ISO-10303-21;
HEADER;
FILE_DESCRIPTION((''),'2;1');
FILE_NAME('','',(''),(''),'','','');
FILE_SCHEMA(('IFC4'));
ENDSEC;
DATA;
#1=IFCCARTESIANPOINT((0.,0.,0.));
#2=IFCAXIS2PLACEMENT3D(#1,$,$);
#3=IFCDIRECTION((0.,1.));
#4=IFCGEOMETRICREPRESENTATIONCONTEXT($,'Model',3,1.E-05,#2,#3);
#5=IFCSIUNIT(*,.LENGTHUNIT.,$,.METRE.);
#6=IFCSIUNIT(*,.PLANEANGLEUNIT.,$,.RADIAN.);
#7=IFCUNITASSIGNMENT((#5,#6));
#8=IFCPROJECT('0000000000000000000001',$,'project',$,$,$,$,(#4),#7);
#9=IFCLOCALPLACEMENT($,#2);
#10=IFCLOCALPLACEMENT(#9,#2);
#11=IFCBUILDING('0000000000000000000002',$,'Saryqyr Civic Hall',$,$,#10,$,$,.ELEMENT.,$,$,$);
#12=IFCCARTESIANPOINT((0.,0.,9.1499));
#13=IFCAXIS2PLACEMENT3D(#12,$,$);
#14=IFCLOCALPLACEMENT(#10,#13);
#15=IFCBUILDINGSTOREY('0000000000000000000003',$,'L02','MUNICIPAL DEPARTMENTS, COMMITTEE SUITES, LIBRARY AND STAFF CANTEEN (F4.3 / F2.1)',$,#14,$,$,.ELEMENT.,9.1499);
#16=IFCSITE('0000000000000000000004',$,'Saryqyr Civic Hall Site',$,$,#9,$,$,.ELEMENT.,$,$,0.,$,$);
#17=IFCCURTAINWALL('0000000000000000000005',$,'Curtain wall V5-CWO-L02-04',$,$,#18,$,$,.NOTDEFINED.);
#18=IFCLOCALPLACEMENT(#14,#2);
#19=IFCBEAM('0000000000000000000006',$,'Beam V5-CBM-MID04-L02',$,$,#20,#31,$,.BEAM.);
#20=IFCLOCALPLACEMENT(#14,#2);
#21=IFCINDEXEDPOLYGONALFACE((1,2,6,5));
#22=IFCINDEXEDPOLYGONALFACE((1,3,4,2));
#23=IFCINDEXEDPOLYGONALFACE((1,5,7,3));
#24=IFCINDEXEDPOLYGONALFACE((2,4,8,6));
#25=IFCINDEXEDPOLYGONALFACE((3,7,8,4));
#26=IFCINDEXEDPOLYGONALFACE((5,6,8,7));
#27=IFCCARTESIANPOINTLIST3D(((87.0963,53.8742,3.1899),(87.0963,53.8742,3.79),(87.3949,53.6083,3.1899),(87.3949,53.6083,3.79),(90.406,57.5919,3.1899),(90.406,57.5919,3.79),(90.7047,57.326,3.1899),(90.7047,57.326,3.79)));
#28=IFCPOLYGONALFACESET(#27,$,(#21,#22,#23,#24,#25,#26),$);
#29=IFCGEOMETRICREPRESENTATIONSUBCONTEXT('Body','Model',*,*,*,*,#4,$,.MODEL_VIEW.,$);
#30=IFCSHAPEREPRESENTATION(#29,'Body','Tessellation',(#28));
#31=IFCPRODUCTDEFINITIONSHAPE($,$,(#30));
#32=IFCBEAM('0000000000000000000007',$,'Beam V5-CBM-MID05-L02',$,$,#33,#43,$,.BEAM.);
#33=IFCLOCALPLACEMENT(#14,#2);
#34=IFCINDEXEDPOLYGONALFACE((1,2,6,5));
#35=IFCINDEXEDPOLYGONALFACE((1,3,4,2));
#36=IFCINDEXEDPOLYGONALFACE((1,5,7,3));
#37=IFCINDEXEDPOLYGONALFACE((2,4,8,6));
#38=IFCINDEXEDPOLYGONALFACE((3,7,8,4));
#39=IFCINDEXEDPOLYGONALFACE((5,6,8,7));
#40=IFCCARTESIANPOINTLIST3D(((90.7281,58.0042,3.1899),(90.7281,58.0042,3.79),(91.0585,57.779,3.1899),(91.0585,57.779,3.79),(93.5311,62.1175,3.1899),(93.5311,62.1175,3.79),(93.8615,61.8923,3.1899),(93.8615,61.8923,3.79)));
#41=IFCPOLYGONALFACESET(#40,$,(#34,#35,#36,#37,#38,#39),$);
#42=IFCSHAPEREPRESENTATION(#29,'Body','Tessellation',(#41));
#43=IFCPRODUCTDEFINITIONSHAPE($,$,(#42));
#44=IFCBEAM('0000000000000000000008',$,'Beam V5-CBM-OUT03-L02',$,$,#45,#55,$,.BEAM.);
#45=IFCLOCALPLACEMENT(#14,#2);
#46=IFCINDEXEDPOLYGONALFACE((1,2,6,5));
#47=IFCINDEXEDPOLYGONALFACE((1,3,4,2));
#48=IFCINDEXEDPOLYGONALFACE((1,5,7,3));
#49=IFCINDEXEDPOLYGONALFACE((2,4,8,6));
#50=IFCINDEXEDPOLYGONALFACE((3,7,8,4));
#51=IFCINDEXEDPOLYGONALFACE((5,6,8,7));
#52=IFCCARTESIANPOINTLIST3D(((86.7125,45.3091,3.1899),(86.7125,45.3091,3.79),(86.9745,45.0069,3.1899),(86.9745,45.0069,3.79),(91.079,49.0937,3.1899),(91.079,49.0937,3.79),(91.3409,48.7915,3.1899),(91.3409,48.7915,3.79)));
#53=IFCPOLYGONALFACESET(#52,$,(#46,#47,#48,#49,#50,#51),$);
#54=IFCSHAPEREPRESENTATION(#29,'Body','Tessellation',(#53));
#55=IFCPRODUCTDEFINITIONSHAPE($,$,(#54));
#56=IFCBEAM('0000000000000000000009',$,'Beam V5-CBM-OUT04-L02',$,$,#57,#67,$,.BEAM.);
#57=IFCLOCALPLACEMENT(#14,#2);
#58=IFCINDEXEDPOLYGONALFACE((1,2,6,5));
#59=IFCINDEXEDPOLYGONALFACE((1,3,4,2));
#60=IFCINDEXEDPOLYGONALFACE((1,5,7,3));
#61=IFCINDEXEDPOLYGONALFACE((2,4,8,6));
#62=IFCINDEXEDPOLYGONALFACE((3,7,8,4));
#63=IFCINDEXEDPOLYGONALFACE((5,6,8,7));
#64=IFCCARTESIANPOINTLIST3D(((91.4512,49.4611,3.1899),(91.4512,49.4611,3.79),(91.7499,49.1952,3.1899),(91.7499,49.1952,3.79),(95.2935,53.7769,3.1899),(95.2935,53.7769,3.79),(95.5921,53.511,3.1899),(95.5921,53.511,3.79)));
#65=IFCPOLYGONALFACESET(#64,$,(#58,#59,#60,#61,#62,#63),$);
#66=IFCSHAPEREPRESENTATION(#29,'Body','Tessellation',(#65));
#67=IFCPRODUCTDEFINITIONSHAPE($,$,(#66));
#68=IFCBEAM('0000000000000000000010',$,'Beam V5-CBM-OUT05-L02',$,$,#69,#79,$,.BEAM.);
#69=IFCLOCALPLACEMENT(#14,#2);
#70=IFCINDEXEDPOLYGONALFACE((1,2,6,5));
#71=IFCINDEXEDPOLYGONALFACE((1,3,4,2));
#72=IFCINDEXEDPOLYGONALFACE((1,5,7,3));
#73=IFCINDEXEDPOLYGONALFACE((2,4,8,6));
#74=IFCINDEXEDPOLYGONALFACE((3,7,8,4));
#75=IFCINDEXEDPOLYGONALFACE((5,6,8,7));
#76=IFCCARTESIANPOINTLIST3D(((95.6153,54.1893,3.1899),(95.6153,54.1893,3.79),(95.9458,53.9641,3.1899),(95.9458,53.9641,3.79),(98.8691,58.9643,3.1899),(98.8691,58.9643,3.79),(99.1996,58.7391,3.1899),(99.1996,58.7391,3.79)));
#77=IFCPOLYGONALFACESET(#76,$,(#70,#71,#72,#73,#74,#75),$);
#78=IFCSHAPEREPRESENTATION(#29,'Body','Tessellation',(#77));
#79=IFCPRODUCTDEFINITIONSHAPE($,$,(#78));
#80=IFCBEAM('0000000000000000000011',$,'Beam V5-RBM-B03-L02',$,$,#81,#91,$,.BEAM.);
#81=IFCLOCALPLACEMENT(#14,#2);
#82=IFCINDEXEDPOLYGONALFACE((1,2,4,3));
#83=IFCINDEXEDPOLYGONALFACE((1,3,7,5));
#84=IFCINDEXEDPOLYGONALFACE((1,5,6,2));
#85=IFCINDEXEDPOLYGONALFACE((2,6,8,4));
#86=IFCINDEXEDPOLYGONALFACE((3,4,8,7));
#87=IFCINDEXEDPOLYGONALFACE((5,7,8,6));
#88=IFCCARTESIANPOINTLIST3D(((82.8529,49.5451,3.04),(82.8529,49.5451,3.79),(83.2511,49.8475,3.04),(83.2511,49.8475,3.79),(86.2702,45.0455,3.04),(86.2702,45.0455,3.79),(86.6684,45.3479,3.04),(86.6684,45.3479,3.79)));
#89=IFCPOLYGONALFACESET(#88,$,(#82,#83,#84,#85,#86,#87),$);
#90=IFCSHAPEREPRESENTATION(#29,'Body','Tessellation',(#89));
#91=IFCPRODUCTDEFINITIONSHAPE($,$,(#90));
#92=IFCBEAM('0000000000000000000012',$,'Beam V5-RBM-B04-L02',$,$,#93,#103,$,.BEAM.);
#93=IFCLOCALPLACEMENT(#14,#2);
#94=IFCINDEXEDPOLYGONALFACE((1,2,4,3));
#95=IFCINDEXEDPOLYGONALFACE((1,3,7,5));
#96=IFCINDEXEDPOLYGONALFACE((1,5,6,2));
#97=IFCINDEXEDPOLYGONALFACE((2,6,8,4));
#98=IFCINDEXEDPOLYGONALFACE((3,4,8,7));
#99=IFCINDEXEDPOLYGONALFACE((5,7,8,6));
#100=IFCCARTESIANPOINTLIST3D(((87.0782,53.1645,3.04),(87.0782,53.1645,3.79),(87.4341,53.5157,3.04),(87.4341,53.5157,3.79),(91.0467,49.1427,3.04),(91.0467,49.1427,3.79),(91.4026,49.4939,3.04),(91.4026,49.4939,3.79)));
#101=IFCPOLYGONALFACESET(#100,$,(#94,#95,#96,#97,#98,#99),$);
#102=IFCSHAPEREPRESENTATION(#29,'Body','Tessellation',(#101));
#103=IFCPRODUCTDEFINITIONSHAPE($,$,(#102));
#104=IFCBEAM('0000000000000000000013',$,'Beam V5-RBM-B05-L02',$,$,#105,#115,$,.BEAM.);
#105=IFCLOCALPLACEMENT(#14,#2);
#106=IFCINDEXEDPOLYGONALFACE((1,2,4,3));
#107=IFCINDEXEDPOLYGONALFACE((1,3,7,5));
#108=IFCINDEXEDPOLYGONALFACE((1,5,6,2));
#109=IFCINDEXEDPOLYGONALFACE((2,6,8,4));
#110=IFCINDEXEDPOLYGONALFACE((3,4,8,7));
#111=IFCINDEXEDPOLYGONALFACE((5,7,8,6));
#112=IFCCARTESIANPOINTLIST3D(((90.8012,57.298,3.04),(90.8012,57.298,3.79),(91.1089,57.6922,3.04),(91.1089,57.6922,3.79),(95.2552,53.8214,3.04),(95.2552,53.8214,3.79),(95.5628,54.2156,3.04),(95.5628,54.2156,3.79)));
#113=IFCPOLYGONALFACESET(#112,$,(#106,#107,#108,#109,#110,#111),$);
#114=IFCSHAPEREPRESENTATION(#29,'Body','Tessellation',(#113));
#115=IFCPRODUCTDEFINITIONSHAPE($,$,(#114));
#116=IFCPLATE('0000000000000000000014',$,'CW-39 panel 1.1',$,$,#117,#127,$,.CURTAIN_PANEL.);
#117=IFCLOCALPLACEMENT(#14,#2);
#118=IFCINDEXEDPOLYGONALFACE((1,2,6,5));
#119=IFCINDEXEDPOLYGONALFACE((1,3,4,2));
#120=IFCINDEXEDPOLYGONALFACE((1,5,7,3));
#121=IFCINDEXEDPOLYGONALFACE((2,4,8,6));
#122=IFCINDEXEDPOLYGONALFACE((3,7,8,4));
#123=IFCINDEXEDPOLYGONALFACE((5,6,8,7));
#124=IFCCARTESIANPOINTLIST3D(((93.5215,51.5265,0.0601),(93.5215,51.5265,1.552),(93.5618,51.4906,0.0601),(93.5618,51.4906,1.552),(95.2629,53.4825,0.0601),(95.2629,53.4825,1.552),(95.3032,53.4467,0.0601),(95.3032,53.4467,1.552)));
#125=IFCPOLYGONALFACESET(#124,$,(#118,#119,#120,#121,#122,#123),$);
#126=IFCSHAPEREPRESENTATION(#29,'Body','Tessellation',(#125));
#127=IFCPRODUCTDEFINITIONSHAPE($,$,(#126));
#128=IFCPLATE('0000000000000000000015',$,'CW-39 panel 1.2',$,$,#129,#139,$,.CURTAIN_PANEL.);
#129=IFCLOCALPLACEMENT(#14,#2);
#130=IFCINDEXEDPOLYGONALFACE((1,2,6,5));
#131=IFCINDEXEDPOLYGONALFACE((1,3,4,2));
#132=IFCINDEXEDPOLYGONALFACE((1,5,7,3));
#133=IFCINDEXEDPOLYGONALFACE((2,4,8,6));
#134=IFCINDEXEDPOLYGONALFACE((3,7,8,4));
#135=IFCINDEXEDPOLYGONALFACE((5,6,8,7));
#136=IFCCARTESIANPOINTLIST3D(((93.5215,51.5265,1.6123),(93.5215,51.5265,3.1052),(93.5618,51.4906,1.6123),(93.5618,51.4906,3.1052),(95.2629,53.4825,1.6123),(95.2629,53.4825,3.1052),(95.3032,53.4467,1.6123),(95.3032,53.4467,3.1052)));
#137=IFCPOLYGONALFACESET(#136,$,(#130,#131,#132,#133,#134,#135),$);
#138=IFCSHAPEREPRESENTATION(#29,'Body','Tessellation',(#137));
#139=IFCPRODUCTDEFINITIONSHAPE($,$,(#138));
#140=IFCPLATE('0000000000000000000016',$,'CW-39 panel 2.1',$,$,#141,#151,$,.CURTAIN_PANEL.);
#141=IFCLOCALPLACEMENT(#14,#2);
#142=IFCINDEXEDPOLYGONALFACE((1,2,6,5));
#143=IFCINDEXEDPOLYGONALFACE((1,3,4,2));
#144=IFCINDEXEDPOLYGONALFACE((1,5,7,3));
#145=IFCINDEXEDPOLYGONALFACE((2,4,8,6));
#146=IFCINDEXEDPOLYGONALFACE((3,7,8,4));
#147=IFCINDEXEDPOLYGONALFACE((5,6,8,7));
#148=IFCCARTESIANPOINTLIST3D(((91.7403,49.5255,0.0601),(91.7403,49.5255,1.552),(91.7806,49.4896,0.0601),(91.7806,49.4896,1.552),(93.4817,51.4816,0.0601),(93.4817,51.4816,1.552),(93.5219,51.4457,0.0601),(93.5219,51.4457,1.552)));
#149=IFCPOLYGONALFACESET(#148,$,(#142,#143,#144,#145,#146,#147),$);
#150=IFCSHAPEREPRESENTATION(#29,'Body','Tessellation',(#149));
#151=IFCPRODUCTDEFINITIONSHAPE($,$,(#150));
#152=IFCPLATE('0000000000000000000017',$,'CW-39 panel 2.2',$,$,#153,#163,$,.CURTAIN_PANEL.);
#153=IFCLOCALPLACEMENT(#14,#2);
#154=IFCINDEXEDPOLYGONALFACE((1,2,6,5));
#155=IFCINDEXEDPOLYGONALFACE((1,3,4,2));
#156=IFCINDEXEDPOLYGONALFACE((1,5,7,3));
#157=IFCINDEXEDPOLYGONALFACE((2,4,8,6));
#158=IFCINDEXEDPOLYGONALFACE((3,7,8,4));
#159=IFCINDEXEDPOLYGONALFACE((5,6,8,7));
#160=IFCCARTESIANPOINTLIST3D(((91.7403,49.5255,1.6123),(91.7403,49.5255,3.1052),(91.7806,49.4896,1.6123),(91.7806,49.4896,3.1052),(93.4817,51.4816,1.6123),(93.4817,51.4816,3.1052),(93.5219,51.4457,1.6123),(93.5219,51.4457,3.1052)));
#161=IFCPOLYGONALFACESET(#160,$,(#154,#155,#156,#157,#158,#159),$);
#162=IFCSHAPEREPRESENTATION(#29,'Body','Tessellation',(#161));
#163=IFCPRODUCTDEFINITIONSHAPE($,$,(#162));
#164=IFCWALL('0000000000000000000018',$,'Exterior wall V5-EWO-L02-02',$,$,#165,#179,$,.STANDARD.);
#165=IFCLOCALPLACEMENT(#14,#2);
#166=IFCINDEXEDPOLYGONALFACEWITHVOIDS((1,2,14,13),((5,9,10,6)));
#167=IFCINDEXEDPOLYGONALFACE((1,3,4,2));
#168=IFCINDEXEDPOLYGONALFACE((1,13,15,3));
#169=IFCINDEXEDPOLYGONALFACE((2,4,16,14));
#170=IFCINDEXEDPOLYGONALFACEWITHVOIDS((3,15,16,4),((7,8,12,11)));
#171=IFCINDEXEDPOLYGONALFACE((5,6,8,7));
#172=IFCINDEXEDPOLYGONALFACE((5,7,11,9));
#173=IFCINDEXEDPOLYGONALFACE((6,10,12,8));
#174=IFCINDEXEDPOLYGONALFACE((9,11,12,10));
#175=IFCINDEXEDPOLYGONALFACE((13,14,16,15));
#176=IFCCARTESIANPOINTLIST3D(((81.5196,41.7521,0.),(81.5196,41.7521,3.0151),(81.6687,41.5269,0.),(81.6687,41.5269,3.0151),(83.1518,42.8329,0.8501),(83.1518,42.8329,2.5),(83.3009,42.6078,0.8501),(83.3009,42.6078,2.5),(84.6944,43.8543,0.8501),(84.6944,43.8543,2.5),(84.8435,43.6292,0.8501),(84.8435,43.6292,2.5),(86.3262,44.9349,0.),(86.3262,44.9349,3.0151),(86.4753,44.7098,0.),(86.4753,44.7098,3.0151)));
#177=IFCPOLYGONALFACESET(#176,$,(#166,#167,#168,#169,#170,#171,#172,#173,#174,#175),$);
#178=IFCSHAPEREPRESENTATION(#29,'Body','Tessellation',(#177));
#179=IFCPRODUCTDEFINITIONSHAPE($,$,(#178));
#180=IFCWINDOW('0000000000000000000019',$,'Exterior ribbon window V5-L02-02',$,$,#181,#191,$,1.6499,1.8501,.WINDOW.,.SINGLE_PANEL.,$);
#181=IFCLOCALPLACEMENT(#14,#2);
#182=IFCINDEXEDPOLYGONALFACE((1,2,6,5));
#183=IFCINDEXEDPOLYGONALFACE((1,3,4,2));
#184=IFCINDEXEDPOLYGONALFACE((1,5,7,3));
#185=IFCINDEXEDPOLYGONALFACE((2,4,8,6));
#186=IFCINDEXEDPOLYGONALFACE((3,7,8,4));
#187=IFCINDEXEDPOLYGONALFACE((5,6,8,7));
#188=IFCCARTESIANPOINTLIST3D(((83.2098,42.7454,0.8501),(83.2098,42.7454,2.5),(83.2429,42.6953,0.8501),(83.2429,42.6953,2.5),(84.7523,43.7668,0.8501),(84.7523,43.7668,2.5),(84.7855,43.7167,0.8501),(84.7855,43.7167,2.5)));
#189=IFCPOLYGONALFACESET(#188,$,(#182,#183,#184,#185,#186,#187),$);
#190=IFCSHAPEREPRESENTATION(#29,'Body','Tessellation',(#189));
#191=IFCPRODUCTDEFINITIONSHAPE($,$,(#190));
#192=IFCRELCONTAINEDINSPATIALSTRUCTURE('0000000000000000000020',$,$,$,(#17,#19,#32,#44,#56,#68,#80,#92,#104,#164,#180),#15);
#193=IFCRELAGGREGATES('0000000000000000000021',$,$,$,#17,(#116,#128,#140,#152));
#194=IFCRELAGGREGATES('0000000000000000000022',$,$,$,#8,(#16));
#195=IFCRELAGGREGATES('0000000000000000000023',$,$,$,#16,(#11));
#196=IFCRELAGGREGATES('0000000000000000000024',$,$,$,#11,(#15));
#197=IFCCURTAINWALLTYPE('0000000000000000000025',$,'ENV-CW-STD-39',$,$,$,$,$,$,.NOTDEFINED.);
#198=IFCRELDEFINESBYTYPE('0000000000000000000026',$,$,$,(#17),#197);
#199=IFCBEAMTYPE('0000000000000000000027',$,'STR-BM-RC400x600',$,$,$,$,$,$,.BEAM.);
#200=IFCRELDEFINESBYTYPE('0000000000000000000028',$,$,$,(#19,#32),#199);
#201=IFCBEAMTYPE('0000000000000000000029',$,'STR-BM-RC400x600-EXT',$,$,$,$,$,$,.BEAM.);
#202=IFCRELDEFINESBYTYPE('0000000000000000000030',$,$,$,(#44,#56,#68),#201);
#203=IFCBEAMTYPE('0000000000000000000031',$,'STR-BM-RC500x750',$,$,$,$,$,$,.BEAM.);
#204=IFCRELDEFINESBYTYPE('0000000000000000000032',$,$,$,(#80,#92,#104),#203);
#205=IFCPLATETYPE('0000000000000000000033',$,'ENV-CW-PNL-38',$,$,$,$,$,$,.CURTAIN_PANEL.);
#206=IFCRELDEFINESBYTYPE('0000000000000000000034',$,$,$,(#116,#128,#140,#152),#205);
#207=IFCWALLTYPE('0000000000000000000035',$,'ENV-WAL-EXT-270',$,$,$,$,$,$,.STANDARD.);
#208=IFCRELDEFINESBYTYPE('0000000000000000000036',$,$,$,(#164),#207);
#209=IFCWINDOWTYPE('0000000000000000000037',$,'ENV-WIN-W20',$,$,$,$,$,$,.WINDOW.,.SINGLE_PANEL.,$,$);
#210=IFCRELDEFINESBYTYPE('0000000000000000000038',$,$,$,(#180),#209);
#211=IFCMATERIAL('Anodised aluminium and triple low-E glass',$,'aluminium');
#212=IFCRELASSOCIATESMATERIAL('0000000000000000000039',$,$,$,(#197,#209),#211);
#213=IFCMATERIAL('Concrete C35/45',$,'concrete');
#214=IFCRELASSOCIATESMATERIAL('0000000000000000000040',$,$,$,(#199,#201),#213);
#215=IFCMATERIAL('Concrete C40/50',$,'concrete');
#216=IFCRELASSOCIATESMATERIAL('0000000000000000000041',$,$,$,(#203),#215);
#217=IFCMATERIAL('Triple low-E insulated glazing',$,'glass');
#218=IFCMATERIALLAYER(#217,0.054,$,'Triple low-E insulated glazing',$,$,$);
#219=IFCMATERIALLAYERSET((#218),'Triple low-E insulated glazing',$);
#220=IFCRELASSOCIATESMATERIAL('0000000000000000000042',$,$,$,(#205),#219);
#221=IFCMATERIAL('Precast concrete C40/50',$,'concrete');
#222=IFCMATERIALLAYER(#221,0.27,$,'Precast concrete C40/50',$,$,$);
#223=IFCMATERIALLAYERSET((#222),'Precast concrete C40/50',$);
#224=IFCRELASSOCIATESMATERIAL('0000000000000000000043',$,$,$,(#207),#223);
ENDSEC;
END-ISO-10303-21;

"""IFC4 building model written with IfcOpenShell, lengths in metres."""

from ifc_helpers import new_model, si_unit, direction, frame, frame_2d, origin, origin_2d, place, context, subcontext, project, spatial, rectangle, extrude, material, layer, layer_set, material_profile, profile_set, type_object, element, fill, aggregate, save


model = new_model("IFC4")

# Units and contexts
model_context = context("Model", 3, precision=1e-05, world=origin(), true_north=direction((0.0, 1.0)))
body_context = subcontext(model_context, "Body", "Model", "MODEL_VIEW")
ifc_project = project(units=[si_unit("LENGTHUNIT", "METRE"), si_unit("PLANEANGLEUNIT", "RADIAN")], contexts=[model_context])

# Site, building, storey
site_placement = place(None, origin())
site = spatial("IfcSite", under=ifc_project, at=site_placement, Name="Saryqyr Civic Hall Site", CompositionType="ELEMENT", RefElevation=0.0)
building_placement = place(site_placement, origin())
building = spatial("IfcBuilding", under=site, at=building_placement, Name="Saryqyr Civic Hall", CompositionType="ELEMENT")
storey_placement = place(building_placement, frame((0.0, 0.0, 9.1499)))
storey = spatial("IfcBuildingStorey", under=building, at=storey_placement, Name="L02", Description="MUNICIPAL DEPARTMENTS, COMMITTEE SUITES, LIBRARY AND STAFF CANTEEN (F4.3 / F2.1)", CompositionType="ELEMENT", Elevation=9.1499)

# Shared definitions
ifc_material_1 = material(Name="Concrete C40/50", Category="concrete")

# Curtain wall
ifc_material_2 = material(Name="Anodised aluminium and triple low-E glass", Category="aluminium")
curtain_wall_type = type_object("IfcCurtainWallType", Name="ENV-CW-STD-39", PredefinedType="NOTDEFINED", material=ifc_material_2)
curtain_wall_placement = place(storey_placement, origin())
curtain_wall = element("IfcCurtainWall", 1, at=curtain_wall_placement, inside=storey, type_object=curtain_wall_type, Name="Curtain wall V5-CWO-L02-04", PredefinedType="NOTDEFINED")

# Beams
ifc_material_3 = material(Name="Concrete C35/45", Category="concrete")
ifc_material_profile_1 = material_profile(ifc_material_3, rectangle(XDim=0.3999, YDim=0.6001, at=origin_2d()), Name="RC 400x600")
ifc_profile_set_1 = profile_set([ifc_material_profile_1], Name="Concrete C35/45")
beam_type_1 = type_object("IfcBeamType", Name="STR-BM-RC400x600", PredefinedType="BEAM", material=ifc_profile_set_1)
for number, where, z_axis, x_axis, name in (
    (2, (87.2456, 53.7412, 3.49), (0.664939, 0.746898, 0.0), (-0.746898, 0.664939, 0.0), "Beam V5-CBM-MID04-L02"),
    (3, (90.8933, 57.8916, 3.49), (0.563127, 0.826371, 0.0), (-0.826371, 0.563127, 0.0), "Beam V5-CBM-MID05-L02"),
):
    element("IfcBeam", number, at=place(storey_placement, frame(where, z_axis=z_axis, x_axis=x_axis)), inside=storey, type_object=beam_type_1, Name=name, PredefinedType="BEAM", context=body_context, shape_type="SweptSolid", body=[
        extrude(rectangle(XDim=0.3999, YDim=0.6001, at=origin_2d()), origin(), (0.0, 0.0, 1.0), 4.9775),
    ])
ifc_material_profile_2 = material_profile(ifc_material_3, rectangle(XDim=0.3999, YDim=0.6001, at=origin_2d()), Name="RC 400x600")
ifc_profile_set_2 = profile_set([ifc_material_profile_2], Name="Concrete C35/45")
beam_type_2 = type_object("IfcBeamType", Name="STR-BM-RC400x600-EXT", PredefinedType="BEAM", material=ifc_profile_set_2)
for number, where, z_axis, x_axis, name in (
    (4, (86.8435, 45.158, 3.49), (0.755654, 0.654971, 0.0), (-0.654971, 0.755654, 0.0), "Beam V5-CBM-OUT03-L02"),
    (5, (91.6006, 49.3281, 3.49), (0.664935, 0.746901, 0.0), (-0.746901, 0.664935, 0.0), "Beam V5-CBM-OUT04-L02"),
    (6, (95.7805, 54.0767, 3.49), (0.563115, 0.826378, 0.0), (-0.826378, 0.563115, 0.0), "Beam V5-CBM-OUT05-L02"),
):
    element("IfcBeam", number, at=place(storey_placement, frame(where, z_axis=z_axis, x_axis=x_axis)), inside=storey, type_object=beam_type_2, Name=name, PredefinedType="BEAM", context=body_context, shape_type="SweptSolid", body=[
        extrude(rectangle(XDim=0.3999, YDim=0.6001, at=origin_2d()), origin(), (0.0, 0.0, 1.0), 5.7783),
    ])
ifc_material_profile_3 = material_profile(ifc_material_1, rectangle(XDim=0.5, YDim=0.75, at=origin_2d()), Name="RC 500x750")
ifc_profile_set_3 = profile_set([ifc_material_profile_3], Name="Concrete C40/50")
beam_type_3 = type_object("IfcBeamType", Name="STR-BM-RC500x750", PredefinedType="BEAM", material=ifc_profile_set_3)
for number, where, z_axis, x_axis, name in (
    (7, (83.052, 49.6963, 3.415), (0.604815, -0.796366, 0.0), (0.796366, 0.604815, 0.0), "Beam V5-RBM-B03-L02"),
    (8, (87.2561, 53.3401, 3.415), (0.702381, -0.711801, 0.0), (0.711801, 0.702381, 0.0), "Beam V5-RBM-B04-L02"),
    (9, (90.9551, 57.4951, 3.415), (0.788283, -0.615313, 0.0), (0.615313, 0.788283, 0.0), "Beam V5-RBM-B05-L02"),
):
    element("IfcBeam", number, at=place(storey_placement, frame(where, z_axis=z_axis, x_axis=x_axis)), inside=storey, type_object=beam_type_3, Name=name, PredefinedType="BEAM", context=body_context, shape_type="SweptSolid", body=[
        extrude(rectangle(XDim=0.5, YDim=0.75, at=origin_2d()), origin(), (0.0, 0.0, 1.0), 5.6501),
    ])

# Plates
ifc_material_4 = material(Name="Triple low-E insulated glazing", Category="glass")
ifc_layer_1 = layer(ifc_material_4, 0.054, Name="Triple low-E insulated glazing")
ifc_layer_set_1 = layer_set([ifc_layer_1], Name="Triple low-E insulated glazing")
plate_type = type_object("IfcPlateType", Name="ENV-CW-PNL-38", PredefinedType="CURTAIN_PANEL", material=ifc_layer_set_1)
plate_1_placement = place(storey_placement, frame((94.4124, 52.4866, 0.0601), z_axis=(0.0, 0.0, 1.0), x_axis=(-0.664934, -0.746902, 0.0)))
plate_1 = element("IfcPlate", 10, at=plate_1_placement, type_object=plate_type, Name="CW-39 panel 1.1", PredefinedType="CURTAIN_PANEL", context=body_context, shape_type="SweptSolid", body=[
    extrude(rectangle(XDim=2.6189, YDim=0.054, at=origin_2d()), origin(), (0.0, 0.0, 1.0), 1.4919),
])
plate_2_placement = place(storey_placement, frame((94.4124, 52.4866, 1.6123), z_axis=(0.0, 0.0, 1.0), x_axis=(-0.664934, -0.746902, 0.0)))
plate_2 = element("IfcPlate", 11, at=plate_2_placement, type_object=plate_type, Name="CW-39 panel 1.2", PredefinedType="CURTAIN_PANEL", context=body_context, shape_type="SweptSolid", body=[
    extrude(rectangle(XDim=2.6189, YDim=0.054, at=origin_2d()), origin(), (0.0, 0.0, 1.0), 1.4929),
])
plate_3_placement = place(storey_placement, frame((92.6311, 50.4856, 0.0601), z_axis=(0.0, 0.0, 1.0), x_axis=(-0.664934, -0.746902, 0.0)))
plate_3 = element("IfcPlate", 12, at=plate_3_placement, type_object=plate_type, Name="CW-39 panel 2.1", PredefinedType="CURTAIN_PANEL", context=body_context, shape_type="SweptSolid", body=[
    extrude(rectangle(XDim=2.6189, YDim=0.054, at=origin_2d()), origin(), (0.0, 0.0, 1.0), 1.4919),
])
plate_4_placement = place(storey_placement, frame((92.6311, 50.4856, 1.6123), z_axis=(0.0, 0.0, 1.0), x_axis=(-0.664934, -0.746902, 0.0)))
plate_4 = element("IfcPlate", 13, at=plate_4_placement, type_object=plate_type, Name="CW-39 panel 2.2", PredefinedType="CURTAIN_PANEL", context=body_context, shape_type="SweptSolid", body=[
    extrude(rectangle(XDim=2.6189, YDim=0.054, at=origin_2d()), origin(), (0.0, 0.0, 1.0), 1.4929),
])
aggregate(curtain_wall, [plate_1, plate_2, plate_3, plate_4])

# Wall, opening, window
ifc_material_5 = material(Name="Precast concrete C40/50", Category="concrete")
ifc_layer_2 = layer(ifc_material_5, 0.27, Name="Precast concrete C40/50")
ifc_layer_set_2 = layer_set([ifc_layer_2], Name="Precast concrete C40/50")
wall_type = type_object("IfcWallType", Name="ENV-WAL-EXT-270", PredefinedType="STANDARD", material=ifc_layer_set_2)
wall_1_placement = place(storey_placement, frame((86.4006, 44.8223, 0.0), z_axis=(0.0, 0.0, 1.0), x_axis=(-0.833773, -0.552108, 0.0)))
wall_1 = element("IfcWall", 14, at=wall_1_placement, inside=storey, type_object=wall_type, Name="Exterior wall V5-EWO-L02-02", PredefinedType="STANDARD", context=body_context, shape_type="SweptSolid", body=[
    extrude(rectangle(XDim=5.7649, YDim=0.27, at=frame_2d((2.8823, 0.0))), origin(), (0.0, 0.0, 1.0), 3.0151),
])
opening_1_placement = place(wall_1_placement, frame((1.957, 0.0, 0.8501)))
opening_1 = element("IfcOpeningElement", 15, at=opening_1_placement, cuts=wall_1, PredefinedType="OPENING", context=body_context, shape_type="SweptSolid", body=[
    extrude(rectangle(XDim=1.8501, YDim=1.6499, at=frame_2d((0.925, 0.825))), frame((0.0, 0.145, 0.0), z_axis=(0.0, -1.0, 0.0), x_axis=(1.0, 0.0, 0.0)), (0.0, 0.0, 1.0), 0.29),
])
window_type_1 = type_object("IfcWindowType", Name="ENV-WIN-W20", PartitioningType="SINGLE_PANEL", PredefinedType="WINDOW", material=ifc_material_2)
window_1_placement = place(opening_1_placement, origin())
window_1 = element("IfcWindow", 16, at=window_1_placement, inside=storey, type_object=window_type_1, Name="Exterior ribbon window V5-L02-02", OverallHeight=1.6499, OverallWidth=1.8501, PartitioningType="SINGLE_PANEL", PredefinedType="WINDOW", context=body_context, shape_type="SweptSolid", body=[
    extrude(rectangle(XDim=1.8501, YDim=1.6499, at=frame_2d((0.925, 0.825))), frame((0.0, 0.03, 0.0), z_axis=(0.0, -1.0, 0.0), x_axis=(1.0, 0.0, 0.0)), (0.0, 0.0, 1.0), 0.0601),
])
fill(opening_1, window_1)

save(model, "model.ifc")
